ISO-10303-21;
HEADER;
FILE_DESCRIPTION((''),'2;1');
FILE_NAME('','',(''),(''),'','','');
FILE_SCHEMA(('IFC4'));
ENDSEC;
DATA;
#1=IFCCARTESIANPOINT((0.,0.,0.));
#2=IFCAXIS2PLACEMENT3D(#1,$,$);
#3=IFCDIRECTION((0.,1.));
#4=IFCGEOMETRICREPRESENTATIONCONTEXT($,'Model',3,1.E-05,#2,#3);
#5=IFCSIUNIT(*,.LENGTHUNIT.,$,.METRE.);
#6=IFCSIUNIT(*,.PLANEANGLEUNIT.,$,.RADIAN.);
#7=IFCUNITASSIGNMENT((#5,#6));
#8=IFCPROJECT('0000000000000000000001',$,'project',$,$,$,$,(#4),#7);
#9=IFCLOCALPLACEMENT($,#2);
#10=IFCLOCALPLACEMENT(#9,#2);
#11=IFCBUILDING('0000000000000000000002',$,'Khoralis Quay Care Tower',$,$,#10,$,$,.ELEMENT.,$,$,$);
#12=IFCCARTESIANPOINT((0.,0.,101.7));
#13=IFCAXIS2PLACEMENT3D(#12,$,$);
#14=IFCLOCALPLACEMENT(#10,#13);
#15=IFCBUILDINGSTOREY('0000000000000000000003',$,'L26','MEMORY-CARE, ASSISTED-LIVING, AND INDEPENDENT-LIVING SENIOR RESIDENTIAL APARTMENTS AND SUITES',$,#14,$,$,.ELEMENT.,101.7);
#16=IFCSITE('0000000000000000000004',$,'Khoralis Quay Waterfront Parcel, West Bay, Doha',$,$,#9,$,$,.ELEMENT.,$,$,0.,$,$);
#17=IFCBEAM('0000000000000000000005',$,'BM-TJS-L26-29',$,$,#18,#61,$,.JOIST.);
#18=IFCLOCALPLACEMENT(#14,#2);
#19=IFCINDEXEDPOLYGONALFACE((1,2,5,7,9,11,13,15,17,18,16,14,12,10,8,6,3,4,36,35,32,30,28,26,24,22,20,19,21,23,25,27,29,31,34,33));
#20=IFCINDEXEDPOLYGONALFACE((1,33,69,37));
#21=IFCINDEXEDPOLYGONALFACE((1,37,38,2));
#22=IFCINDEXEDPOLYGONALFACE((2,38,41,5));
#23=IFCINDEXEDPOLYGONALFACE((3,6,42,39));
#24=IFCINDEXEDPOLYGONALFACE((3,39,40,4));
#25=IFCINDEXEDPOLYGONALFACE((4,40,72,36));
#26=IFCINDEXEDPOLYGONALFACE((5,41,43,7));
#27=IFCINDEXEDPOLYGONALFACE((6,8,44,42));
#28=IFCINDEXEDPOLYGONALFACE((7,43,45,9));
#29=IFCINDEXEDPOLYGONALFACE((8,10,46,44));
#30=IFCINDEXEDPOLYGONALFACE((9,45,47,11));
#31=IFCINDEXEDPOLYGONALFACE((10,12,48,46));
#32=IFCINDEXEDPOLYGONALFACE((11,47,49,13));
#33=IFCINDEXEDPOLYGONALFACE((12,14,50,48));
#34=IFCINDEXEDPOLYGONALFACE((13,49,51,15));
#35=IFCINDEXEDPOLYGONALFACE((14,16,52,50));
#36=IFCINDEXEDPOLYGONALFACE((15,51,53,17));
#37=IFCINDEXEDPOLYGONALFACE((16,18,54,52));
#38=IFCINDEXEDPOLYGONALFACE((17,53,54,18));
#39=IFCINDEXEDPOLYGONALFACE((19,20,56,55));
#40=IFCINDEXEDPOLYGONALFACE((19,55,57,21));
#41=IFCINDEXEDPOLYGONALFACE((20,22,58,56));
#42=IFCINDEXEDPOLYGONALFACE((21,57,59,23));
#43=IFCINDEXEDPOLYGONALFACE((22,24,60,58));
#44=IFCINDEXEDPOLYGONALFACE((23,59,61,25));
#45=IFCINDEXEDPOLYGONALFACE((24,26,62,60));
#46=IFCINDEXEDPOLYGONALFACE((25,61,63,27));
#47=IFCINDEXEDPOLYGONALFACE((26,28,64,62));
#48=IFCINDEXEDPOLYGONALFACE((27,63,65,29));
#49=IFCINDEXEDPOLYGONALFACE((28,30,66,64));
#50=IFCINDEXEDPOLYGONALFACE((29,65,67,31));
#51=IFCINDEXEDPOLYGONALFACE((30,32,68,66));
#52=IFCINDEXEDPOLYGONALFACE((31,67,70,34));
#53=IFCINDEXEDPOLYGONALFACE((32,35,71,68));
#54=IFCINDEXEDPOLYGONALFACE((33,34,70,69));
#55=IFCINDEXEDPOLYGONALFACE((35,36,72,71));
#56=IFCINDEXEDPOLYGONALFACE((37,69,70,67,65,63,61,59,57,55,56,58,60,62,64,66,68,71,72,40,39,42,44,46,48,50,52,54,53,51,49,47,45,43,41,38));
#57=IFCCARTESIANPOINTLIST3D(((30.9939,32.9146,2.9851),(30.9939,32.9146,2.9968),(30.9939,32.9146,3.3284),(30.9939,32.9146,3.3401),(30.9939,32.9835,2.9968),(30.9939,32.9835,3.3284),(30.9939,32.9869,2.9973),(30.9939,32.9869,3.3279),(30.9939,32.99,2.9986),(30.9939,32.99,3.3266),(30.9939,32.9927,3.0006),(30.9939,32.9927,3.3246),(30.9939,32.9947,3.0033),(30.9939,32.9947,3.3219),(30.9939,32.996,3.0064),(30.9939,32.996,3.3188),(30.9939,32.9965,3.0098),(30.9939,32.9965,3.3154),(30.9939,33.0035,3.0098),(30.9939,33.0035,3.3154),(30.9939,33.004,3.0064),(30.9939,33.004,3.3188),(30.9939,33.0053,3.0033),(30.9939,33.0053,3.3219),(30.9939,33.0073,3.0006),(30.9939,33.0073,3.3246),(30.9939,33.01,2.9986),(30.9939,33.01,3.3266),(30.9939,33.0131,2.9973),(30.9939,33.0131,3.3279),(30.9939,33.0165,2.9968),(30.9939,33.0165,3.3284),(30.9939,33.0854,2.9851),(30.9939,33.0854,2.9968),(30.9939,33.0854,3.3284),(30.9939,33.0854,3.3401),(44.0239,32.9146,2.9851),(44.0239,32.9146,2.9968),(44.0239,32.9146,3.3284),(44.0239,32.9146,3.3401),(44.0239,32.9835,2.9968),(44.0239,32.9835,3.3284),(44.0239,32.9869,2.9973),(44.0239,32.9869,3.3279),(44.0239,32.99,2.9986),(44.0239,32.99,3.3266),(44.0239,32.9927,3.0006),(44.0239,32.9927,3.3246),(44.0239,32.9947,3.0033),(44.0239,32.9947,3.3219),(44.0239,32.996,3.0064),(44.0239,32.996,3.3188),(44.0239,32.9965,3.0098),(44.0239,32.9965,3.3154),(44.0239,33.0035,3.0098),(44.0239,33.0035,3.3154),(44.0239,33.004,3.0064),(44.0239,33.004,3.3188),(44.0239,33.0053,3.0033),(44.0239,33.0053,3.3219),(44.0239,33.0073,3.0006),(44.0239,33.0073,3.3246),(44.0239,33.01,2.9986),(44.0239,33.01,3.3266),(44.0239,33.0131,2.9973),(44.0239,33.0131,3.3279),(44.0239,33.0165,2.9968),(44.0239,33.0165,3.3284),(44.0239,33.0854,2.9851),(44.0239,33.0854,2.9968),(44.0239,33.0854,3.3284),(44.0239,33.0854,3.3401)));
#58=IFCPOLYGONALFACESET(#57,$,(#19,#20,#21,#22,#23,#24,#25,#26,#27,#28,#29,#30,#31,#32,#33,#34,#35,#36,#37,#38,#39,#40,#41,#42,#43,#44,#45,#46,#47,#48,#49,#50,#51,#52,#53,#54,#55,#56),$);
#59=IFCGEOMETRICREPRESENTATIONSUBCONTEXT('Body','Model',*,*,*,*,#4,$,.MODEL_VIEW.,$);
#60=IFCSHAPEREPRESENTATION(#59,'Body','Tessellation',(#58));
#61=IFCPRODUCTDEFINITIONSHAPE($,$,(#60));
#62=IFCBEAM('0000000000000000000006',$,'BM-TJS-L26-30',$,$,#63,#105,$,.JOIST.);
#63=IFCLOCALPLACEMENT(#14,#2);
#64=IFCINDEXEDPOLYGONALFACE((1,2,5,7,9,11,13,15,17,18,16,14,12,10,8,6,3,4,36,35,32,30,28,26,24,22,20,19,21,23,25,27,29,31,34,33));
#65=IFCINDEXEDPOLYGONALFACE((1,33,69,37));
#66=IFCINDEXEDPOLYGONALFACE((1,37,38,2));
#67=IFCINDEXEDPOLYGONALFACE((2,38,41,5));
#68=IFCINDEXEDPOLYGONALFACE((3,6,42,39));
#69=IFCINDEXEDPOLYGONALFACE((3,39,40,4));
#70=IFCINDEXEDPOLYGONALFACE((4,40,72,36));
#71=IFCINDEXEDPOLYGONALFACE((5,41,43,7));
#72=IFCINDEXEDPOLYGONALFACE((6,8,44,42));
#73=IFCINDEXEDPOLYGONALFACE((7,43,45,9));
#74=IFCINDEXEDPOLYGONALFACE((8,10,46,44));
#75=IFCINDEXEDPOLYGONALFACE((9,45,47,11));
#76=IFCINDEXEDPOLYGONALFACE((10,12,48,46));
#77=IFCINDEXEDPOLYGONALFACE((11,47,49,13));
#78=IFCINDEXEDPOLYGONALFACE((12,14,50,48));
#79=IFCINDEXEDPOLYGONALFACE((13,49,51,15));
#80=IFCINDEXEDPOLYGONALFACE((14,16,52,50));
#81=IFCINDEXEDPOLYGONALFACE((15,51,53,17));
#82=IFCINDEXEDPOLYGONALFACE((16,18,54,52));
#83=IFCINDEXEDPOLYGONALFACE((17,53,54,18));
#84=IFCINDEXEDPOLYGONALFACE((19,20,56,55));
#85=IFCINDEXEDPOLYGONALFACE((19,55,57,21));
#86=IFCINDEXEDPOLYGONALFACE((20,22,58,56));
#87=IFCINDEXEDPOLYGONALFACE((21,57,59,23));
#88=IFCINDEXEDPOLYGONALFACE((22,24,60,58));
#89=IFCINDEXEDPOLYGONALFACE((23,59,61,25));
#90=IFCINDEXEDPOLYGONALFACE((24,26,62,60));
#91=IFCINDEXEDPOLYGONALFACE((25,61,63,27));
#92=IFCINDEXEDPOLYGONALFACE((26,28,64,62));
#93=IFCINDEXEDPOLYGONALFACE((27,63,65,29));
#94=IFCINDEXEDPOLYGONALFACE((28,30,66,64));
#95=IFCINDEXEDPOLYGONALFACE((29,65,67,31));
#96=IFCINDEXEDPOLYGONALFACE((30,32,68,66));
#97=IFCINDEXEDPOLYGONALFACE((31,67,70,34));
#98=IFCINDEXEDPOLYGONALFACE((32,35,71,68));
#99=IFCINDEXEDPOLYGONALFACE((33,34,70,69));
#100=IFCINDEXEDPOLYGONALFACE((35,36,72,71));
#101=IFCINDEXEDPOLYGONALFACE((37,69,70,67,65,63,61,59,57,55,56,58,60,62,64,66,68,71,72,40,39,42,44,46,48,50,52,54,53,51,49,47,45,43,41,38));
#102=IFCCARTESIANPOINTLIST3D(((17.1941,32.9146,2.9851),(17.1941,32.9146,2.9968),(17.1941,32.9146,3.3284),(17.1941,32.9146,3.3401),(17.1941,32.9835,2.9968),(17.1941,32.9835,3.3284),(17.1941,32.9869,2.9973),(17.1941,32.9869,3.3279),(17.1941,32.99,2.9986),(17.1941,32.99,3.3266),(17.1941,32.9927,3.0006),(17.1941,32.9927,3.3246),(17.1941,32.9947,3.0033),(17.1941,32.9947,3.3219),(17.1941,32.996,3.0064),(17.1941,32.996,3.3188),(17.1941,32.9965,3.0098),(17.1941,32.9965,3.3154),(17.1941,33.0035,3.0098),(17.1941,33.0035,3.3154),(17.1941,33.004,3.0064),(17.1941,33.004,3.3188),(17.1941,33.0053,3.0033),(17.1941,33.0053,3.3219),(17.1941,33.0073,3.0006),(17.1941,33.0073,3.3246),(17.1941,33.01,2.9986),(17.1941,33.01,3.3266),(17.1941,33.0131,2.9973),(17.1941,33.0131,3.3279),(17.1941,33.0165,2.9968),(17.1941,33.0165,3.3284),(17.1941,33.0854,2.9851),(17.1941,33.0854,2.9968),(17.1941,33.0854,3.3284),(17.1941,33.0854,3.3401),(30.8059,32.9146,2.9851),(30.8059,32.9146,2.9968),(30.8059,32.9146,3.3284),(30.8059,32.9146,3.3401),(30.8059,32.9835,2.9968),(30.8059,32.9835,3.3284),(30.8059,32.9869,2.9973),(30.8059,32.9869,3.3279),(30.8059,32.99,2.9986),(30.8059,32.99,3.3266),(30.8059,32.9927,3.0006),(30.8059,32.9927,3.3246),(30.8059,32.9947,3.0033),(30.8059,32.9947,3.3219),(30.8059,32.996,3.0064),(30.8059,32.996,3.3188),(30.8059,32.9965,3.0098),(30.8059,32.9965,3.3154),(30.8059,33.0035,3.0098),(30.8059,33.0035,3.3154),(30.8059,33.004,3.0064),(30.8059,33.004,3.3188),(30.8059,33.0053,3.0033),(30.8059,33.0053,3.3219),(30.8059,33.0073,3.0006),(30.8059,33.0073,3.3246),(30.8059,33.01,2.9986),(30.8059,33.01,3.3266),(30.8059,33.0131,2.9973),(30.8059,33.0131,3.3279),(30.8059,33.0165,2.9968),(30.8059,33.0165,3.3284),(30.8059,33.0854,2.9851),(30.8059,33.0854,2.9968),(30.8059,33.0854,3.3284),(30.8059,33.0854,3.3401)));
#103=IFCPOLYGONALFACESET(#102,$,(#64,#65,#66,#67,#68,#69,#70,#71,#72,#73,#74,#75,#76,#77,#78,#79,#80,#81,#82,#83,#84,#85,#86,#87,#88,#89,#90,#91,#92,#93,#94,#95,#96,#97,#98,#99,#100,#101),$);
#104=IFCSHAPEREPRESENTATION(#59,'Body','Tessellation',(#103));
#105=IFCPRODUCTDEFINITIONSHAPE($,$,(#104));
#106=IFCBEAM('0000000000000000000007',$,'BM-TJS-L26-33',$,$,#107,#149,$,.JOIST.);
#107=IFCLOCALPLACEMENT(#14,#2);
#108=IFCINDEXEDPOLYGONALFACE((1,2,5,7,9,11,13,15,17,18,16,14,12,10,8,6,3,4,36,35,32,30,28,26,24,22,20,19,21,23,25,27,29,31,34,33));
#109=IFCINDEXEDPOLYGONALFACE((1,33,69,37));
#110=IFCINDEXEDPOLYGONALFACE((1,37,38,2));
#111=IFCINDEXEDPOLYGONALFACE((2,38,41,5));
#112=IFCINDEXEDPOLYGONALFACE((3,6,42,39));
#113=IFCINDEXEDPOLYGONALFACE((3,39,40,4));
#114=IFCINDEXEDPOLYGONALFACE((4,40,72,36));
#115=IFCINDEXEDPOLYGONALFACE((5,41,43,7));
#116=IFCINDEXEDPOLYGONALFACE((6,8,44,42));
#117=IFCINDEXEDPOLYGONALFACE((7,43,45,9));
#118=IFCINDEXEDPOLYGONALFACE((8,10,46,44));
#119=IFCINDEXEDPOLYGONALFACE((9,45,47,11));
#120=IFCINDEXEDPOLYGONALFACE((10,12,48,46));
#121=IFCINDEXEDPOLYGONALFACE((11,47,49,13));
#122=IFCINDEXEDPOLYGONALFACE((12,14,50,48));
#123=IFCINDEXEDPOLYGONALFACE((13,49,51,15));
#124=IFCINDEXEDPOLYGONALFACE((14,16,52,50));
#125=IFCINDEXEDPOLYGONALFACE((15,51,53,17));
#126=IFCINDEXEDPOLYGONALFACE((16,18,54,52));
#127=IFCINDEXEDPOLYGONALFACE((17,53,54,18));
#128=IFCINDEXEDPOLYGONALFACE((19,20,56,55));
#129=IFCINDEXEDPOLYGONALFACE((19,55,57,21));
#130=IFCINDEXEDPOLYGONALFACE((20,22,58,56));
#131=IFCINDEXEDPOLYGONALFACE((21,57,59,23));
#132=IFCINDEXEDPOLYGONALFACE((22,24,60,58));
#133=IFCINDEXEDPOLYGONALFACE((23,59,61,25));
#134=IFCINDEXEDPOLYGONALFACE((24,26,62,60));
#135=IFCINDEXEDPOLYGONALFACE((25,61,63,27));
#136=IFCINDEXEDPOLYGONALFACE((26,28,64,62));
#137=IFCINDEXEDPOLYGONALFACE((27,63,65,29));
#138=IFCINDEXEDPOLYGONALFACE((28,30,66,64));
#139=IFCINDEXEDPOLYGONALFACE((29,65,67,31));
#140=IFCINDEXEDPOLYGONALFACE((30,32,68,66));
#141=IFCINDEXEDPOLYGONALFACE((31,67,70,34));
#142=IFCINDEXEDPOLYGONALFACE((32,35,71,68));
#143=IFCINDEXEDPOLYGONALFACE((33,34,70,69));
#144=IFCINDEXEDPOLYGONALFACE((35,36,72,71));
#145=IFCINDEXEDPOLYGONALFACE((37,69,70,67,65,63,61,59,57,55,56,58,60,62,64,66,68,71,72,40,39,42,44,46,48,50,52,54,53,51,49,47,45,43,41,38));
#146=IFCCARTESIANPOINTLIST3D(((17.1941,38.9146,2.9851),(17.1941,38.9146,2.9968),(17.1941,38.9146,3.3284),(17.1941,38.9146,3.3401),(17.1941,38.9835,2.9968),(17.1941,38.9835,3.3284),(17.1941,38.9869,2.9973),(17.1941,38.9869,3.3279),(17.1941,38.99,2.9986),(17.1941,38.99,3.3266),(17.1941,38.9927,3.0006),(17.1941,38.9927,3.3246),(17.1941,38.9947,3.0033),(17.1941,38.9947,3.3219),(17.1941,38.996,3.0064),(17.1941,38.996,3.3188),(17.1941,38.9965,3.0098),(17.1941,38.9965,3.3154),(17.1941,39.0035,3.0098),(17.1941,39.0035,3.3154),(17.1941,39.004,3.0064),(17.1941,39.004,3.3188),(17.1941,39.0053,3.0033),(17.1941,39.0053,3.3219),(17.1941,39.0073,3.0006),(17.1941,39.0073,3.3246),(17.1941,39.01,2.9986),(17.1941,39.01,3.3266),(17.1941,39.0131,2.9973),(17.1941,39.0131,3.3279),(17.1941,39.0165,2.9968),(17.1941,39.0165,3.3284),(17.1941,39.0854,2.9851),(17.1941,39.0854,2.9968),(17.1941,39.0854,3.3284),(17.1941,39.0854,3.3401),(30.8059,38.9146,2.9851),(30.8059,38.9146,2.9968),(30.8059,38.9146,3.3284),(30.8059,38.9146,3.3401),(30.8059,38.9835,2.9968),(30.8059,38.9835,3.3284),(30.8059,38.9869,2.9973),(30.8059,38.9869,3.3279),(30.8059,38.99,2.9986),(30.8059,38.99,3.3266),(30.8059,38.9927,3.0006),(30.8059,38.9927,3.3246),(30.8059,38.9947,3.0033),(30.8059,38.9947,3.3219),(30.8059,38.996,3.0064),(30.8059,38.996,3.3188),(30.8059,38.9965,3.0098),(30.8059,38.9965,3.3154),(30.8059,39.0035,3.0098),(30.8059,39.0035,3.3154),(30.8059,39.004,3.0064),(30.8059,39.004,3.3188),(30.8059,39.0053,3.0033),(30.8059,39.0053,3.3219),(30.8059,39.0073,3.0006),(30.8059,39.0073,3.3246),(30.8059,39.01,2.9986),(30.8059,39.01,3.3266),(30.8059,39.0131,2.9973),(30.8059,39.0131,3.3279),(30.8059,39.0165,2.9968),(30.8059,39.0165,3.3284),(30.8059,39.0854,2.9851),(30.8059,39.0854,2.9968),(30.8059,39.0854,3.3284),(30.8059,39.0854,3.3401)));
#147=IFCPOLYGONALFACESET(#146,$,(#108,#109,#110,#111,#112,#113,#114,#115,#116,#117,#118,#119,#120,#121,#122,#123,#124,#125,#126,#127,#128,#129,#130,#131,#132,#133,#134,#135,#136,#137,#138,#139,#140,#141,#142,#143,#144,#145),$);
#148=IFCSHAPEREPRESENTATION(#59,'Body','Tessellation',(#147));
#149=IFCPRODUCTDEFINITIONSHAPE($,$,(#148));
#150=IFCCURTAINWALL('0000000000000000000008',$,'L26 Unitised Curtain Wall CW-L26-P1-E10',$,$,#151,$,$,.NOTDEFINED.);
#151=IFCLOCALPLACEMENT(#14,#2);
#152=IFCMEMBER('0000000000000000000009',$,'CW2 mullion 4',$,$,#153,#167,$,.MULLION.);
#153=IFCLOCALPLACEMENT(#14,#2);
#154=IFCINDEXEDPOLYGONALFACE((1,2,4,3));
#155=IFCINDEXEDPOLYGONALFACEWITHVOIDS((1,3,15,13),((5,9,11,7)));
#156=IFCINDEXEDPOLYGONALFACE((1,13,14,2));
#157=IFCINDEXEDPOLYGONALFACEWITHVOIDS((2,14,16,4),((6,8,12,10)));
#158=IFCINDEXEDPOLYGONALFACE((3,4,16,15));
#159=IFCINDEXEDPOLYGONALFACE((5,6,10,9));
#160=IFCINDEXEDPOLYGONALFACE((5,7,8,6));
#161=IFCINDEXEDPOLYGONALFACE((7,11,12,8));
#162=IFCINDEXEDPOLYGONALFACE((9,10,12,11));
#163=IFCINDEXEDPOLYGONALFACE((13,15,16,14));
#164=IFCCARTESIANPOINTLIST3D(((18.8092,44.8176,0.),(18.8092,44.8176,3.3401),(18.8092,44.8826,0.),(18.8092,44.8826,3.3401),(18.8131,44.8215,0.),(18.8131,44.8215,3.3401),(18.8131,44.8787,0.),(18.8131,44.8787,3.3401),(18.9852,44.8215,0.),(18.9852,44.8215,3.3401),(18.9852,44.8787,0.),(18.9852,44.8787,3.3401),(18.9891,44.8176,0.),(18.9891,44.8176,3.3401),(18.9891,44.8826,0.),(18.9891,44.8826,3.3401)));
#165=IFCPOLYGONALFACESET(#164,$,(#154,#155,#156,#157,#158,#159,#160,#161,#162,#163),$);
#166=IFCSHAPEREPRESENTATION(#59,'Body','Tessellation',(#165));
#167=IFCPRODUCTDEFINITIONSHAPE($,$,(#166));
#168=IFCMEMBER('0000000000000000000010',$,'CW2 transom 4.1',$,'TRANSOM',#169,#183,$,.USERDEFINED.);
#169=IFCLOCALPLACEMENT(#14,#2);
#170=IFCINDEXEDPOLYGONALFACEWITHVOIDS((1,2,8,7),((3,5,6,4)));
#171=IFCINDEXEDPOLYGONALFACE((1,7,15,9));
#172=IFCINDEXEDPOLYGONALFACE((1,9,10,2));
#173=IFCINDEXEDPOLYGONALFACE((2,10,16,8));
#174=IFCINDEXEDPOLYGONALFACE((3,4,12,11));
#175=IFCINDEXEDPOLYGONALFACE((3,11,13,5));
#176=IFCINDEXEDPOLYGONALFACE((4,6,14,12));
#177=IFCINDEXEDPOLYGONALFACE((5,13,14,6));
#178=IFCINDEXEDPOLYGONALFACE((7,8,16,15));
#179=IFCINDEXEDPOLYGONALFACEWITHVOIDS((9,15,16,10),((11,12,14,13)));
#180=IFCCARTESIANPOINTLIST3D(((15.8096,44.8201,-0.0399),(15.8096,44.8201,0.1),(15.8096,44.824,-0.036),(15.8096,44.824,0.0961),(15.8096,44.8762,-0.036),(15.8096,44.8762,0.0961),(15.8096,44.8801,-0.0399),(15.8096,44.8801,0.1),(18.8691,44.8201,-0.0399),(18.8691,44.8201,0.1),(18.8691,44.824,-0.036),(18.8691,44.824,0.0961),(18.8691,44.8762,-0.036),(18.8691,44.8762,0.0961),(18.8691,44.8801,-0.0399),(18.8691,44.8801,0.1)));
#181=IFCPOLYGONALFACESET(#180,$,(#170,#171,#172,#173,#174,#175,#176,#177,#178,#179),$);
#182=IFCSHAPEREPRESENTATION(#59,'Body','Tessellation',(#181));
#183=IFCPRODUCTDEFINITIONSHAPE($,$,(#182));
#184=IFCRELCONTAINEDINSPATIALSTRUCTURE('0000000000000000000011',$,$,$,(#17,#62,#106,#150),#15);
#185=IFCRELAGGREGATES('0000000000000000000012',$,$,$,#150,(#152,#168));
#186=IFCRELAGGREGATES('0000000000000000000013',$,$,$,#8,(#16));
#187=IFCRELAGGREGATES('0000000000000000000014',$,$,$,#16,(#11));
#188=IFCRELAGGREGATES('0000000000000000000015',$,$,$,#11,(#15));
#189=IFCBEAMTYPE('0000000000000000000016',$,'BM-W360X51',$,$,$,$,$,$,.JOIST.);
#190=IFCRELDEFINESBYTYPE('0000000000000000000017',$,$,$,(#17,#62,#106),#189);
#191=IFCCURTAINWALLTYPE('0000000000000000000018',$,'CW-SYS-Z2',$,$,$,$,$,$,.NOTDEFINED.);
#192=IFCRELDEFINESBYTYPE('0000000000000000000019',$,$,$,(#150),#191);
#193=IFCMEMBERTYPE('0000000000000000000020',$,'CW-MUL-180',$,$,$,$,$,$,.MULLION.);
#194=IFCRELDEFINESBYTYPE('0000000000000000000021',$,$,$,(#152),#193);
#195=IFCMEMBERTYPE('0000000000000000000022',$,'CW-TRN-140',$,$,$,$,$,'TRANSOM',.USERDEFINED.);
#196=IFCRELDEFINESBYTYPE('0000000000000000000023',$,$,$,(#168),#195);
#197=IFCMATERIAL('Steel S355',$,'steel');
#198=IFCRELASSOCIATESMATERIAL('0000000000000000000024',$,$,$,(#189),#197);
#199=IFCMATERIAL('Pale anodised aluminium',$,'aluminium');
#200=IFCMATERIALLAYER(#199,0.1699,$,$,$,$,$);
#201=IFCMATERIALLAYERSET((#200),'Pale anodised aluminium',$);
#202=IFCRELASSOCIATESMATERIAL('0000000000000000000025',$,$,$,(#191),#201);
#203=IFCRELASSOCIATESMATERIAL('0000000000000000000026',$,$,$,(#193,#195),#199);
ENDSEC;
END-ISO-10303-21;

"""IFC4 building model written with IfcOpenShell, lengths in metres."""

from ifc_helpers import new_model, si_unit, direction, frame, origin, origin_2d, place, context, subcontext, project, spatial, hollow_rectangle, i_section, extrude, source, transform, mapped, material, layer, layer_set, material_profile, profile_set, type_object, element, aggregate, save


model = new_model("IFC4")

# Units and contexts
model_context = context("Model", 3, precision=1e-05, world=origin(), true_north=direction((0.0, 1.0)))
body_context = subcontext(model_context, "Body", "Model", "MODEL_VIEW")
ifc_project = project(units=[si_unit("LENGTHUNIT", "METRE"), si_unit("PLANEANGLEUNIT", "RADIAN")], contexts=[model_context])

# Site, building, storey
site_placement = place(None, origin())
site = spatial("IfcSite", under=ifc_project, at=site_placement, Name="Khoralis Quay Waterfront Parcel, West Bay, Doha", CompositionType="ELEMENT", RefElevation=0.0)
building_placement = place(site_placement, origin())
building = spatial("IfcBuilding", under=site, at=building_placement, Name="Khoralis Quay Care Tower", CompositionType="ELEMENT")
storey_placement = place(building_placement, frame((0.0, 0.0, 101.7)))
storey = spatial("IfcBuildingStorey", under=building, at=storey_placement, Name="L26", Description="MEMORY-CARE, ASSISTED-LIVING, AND INDEPENDENT-LIVING SENIOR RESIDENTIAL APARTMENTS AND SUITES", CompositionType="ELEMENT", Elevation=101.7)

# Beams
ifc_material_1 = material(Name="Steel S355", Category="steel")
ifc_material_profile_1 = material_profile(ifc_material_1, i_section(OverallWidth=0.1709, OverallDepth=0.355, WebThickness=0.0071, FlangeThickness=0.0117, FilletRadius=0.0129, at=origin_2d()), Name="Steel S355")
ifc_profile_set_1 = profile_set([ifc_material_profile_1], Name="Steel S355")
beam_type_1 = type_object("IfcBeamType", Name="BM-W360X51", PredefinedType="JOIST", material=ifc_profile_set_1)
shared_shape_1 = source(origin(), body_context, "Body", "SweptSolid", [
    extrude(i_section(OverallWidth=0.1709, OverallDepth=0.355, WebThickness=0.0071, FlangeThickness=0.0117, FilletRadius=0.0129, at=origin_2d()), origin(), (0.0, 0.0, 1.0), 13.03),
])
beam_1_placement = place(storey_placement, frame((30.9939, 33.0, 3.1626), z_axis=(1.0, 0.0, 0.0), x_axis=(0.0, 1.0, 0.0)))
element("IfcBeam", 1, at=beam_1_placement, inside=storey, type_object=beam_type_1, Name="BM-TJS-L26-29", PredefinedType="JOIST", context=body_context, shape_type="MappedRepresentation", body=[
    mapped(shared_shape_1, transform((0.0, 0.0, 0.0), scale=1.0)),
])
shared_shape_2 = source(origin(), body_context, "Body", "SweptSolid", [
    extrude(i_section(OverallWidth=0.1709, OverallDepth=0.355, WebThickness=0.0071, FlangeThickness=0.0117, FilletRadius=0.0129, at=origin_2d()), origin(), (0.0, 0.0, 1.0), 13.6118),
])
for number, where, z_axis, x_axis, name in (
    (2, (17.1941, 33.0, 3.1626), (1.0, 0.0, 0.0), (0.0, 1.0, 0.0), "BM-TJS-L26-30"),
    (3, (17.1941, 39.0, 3.1626), (1.0, 0.0, 0.0), (0.0, 1.0, 0.0), "BM-TJS-L26-33"),
):
    element("IfcBeam", number, at=place(storey_placement, frame(where, z_axis=z_axis, x_axis=x_axis)), inside=storey, type_object=beam_type_1, Name=name, PredefinedType="JOIST", context=body_context, shape_type="MappedRepresentation", body=[
        mapped(shared_shape_2, transform((0.0, 0.0, 0.0), scale=1.0)),
    ])

# Curtain wall, members
ifc_material_2 = material(Name="Pale anodised aluminium", Category="aluminium")
ifc_layer_1 = layer(ifc_material_2, 0.1699)
ifc_layer_set_1 = layer_set([ifc_layer_1], Name="Pale anodised aluminium")
curtain_wall_type = type_object("IfcCurtainWallType", Name="CW-SYS-Z2", PredefinedType="NOTDEFINED", material=ifc_layer_set_1)
curtain_wall_placement = place(storey_placement, origin())
curtain_wall = element("IfcCurtainWall", 4, at=curtain_wall_placement, inside=storey, type_object=curtain_wall_type, Name="L26 Unitised Curtain Wall CW-L26-P1-E10", PredefinedType="NOTDEFINED")
ifc_material_profile_2 = material_profile(ifc_material_2, hollow_rectangle(XDim=0.0649, YDim=0.1799, WallThickness=0.0039, at=origin_2d()), Name="Pale anodised aluminium")
ifc_profile_set_2 = profile_set([ifc_material_profile_2], Name="Pale anodised aluminium")
member_type_1 = type_object("IfcMemberType", Name="CW-MUL-180", PredefinedType="MULLION", material=ifc_profile_set_2)
shared_shape_3 = source(origin(), body_context, "Body", "SweptSolid", [
    extrude(hollow_rectangle(XDim=0.0649, YDim=0.1799, WallThickness=0.0039, at=origin_2d()), origin(), (0.0, 0.0, 1.0), 3.3401),
])
member_1_placement = place(storey_placement, frame((18.8992, 44.8501, 0.0), z_axis=(0.0, 0.0, 1.0), x_axis=(0.0, -1.0, 0.0)))
member_1 = element("IfcMember", 5, at=member_1_placement, type_object=member_type_1, Name="CW2 mullion 4", PredefinedType="MULLION", context=body_context, shape_type="MappedRepresentation", body=[
    mapped(shared_shape_3, transform((0.0, 0.0, 0.0), scale=1.0)),
])
ifc_material_profile_3 = material_profile(ifc_material_2, hollow_rectangle(XDim=0.0601, YDim=0.1399, WallThickness=0.0039, at=origin_2d()), Name="Pale anodised aluminium")
ifc_profile_set_3 = profile_set([ifc_material_profile_3], Name="Pale anodised aluminium")
member_type_2 = type_object("IfcMemberType", Name="CW-TRN-140", ElementType="TRANSOM", PredefinedType="USERDEFINED", material=ifc_profile_set_3)
shared_shape_4 = source(origin(), body_context, "Body", "SweptSolid", [
    extrude(hollow_rectangle(XDim=0.0601, YDim=0.1399, WallThickness=0.0039, at=origin_2d()), origin(), (0.0, 0.0, 1.0), 3.0596),
])
member_2_placement = place(storey_placement, frame((18.8691, 44.8501, 0.03), z_axis=(-1.0, 0.0, 0.0), x_axis=(0.0, -1.0, 0.0)))
member_2 = element("IfcMember", 6, at=member_2_placement, type_object=member_type_2, Name="CW2 transom 4.1", ObjectType="TRANSOM", PredefinedType="USERDEFINED", context=body_context, shape_type="MappedRepresentation", body=[
    mapped(shared_shape_4, transform((0.0, 0.0, 0.0), scale=1.0)),
])
aggregate(curtain_wall, [member_1, member_2])

save(model, "model.ifc")
